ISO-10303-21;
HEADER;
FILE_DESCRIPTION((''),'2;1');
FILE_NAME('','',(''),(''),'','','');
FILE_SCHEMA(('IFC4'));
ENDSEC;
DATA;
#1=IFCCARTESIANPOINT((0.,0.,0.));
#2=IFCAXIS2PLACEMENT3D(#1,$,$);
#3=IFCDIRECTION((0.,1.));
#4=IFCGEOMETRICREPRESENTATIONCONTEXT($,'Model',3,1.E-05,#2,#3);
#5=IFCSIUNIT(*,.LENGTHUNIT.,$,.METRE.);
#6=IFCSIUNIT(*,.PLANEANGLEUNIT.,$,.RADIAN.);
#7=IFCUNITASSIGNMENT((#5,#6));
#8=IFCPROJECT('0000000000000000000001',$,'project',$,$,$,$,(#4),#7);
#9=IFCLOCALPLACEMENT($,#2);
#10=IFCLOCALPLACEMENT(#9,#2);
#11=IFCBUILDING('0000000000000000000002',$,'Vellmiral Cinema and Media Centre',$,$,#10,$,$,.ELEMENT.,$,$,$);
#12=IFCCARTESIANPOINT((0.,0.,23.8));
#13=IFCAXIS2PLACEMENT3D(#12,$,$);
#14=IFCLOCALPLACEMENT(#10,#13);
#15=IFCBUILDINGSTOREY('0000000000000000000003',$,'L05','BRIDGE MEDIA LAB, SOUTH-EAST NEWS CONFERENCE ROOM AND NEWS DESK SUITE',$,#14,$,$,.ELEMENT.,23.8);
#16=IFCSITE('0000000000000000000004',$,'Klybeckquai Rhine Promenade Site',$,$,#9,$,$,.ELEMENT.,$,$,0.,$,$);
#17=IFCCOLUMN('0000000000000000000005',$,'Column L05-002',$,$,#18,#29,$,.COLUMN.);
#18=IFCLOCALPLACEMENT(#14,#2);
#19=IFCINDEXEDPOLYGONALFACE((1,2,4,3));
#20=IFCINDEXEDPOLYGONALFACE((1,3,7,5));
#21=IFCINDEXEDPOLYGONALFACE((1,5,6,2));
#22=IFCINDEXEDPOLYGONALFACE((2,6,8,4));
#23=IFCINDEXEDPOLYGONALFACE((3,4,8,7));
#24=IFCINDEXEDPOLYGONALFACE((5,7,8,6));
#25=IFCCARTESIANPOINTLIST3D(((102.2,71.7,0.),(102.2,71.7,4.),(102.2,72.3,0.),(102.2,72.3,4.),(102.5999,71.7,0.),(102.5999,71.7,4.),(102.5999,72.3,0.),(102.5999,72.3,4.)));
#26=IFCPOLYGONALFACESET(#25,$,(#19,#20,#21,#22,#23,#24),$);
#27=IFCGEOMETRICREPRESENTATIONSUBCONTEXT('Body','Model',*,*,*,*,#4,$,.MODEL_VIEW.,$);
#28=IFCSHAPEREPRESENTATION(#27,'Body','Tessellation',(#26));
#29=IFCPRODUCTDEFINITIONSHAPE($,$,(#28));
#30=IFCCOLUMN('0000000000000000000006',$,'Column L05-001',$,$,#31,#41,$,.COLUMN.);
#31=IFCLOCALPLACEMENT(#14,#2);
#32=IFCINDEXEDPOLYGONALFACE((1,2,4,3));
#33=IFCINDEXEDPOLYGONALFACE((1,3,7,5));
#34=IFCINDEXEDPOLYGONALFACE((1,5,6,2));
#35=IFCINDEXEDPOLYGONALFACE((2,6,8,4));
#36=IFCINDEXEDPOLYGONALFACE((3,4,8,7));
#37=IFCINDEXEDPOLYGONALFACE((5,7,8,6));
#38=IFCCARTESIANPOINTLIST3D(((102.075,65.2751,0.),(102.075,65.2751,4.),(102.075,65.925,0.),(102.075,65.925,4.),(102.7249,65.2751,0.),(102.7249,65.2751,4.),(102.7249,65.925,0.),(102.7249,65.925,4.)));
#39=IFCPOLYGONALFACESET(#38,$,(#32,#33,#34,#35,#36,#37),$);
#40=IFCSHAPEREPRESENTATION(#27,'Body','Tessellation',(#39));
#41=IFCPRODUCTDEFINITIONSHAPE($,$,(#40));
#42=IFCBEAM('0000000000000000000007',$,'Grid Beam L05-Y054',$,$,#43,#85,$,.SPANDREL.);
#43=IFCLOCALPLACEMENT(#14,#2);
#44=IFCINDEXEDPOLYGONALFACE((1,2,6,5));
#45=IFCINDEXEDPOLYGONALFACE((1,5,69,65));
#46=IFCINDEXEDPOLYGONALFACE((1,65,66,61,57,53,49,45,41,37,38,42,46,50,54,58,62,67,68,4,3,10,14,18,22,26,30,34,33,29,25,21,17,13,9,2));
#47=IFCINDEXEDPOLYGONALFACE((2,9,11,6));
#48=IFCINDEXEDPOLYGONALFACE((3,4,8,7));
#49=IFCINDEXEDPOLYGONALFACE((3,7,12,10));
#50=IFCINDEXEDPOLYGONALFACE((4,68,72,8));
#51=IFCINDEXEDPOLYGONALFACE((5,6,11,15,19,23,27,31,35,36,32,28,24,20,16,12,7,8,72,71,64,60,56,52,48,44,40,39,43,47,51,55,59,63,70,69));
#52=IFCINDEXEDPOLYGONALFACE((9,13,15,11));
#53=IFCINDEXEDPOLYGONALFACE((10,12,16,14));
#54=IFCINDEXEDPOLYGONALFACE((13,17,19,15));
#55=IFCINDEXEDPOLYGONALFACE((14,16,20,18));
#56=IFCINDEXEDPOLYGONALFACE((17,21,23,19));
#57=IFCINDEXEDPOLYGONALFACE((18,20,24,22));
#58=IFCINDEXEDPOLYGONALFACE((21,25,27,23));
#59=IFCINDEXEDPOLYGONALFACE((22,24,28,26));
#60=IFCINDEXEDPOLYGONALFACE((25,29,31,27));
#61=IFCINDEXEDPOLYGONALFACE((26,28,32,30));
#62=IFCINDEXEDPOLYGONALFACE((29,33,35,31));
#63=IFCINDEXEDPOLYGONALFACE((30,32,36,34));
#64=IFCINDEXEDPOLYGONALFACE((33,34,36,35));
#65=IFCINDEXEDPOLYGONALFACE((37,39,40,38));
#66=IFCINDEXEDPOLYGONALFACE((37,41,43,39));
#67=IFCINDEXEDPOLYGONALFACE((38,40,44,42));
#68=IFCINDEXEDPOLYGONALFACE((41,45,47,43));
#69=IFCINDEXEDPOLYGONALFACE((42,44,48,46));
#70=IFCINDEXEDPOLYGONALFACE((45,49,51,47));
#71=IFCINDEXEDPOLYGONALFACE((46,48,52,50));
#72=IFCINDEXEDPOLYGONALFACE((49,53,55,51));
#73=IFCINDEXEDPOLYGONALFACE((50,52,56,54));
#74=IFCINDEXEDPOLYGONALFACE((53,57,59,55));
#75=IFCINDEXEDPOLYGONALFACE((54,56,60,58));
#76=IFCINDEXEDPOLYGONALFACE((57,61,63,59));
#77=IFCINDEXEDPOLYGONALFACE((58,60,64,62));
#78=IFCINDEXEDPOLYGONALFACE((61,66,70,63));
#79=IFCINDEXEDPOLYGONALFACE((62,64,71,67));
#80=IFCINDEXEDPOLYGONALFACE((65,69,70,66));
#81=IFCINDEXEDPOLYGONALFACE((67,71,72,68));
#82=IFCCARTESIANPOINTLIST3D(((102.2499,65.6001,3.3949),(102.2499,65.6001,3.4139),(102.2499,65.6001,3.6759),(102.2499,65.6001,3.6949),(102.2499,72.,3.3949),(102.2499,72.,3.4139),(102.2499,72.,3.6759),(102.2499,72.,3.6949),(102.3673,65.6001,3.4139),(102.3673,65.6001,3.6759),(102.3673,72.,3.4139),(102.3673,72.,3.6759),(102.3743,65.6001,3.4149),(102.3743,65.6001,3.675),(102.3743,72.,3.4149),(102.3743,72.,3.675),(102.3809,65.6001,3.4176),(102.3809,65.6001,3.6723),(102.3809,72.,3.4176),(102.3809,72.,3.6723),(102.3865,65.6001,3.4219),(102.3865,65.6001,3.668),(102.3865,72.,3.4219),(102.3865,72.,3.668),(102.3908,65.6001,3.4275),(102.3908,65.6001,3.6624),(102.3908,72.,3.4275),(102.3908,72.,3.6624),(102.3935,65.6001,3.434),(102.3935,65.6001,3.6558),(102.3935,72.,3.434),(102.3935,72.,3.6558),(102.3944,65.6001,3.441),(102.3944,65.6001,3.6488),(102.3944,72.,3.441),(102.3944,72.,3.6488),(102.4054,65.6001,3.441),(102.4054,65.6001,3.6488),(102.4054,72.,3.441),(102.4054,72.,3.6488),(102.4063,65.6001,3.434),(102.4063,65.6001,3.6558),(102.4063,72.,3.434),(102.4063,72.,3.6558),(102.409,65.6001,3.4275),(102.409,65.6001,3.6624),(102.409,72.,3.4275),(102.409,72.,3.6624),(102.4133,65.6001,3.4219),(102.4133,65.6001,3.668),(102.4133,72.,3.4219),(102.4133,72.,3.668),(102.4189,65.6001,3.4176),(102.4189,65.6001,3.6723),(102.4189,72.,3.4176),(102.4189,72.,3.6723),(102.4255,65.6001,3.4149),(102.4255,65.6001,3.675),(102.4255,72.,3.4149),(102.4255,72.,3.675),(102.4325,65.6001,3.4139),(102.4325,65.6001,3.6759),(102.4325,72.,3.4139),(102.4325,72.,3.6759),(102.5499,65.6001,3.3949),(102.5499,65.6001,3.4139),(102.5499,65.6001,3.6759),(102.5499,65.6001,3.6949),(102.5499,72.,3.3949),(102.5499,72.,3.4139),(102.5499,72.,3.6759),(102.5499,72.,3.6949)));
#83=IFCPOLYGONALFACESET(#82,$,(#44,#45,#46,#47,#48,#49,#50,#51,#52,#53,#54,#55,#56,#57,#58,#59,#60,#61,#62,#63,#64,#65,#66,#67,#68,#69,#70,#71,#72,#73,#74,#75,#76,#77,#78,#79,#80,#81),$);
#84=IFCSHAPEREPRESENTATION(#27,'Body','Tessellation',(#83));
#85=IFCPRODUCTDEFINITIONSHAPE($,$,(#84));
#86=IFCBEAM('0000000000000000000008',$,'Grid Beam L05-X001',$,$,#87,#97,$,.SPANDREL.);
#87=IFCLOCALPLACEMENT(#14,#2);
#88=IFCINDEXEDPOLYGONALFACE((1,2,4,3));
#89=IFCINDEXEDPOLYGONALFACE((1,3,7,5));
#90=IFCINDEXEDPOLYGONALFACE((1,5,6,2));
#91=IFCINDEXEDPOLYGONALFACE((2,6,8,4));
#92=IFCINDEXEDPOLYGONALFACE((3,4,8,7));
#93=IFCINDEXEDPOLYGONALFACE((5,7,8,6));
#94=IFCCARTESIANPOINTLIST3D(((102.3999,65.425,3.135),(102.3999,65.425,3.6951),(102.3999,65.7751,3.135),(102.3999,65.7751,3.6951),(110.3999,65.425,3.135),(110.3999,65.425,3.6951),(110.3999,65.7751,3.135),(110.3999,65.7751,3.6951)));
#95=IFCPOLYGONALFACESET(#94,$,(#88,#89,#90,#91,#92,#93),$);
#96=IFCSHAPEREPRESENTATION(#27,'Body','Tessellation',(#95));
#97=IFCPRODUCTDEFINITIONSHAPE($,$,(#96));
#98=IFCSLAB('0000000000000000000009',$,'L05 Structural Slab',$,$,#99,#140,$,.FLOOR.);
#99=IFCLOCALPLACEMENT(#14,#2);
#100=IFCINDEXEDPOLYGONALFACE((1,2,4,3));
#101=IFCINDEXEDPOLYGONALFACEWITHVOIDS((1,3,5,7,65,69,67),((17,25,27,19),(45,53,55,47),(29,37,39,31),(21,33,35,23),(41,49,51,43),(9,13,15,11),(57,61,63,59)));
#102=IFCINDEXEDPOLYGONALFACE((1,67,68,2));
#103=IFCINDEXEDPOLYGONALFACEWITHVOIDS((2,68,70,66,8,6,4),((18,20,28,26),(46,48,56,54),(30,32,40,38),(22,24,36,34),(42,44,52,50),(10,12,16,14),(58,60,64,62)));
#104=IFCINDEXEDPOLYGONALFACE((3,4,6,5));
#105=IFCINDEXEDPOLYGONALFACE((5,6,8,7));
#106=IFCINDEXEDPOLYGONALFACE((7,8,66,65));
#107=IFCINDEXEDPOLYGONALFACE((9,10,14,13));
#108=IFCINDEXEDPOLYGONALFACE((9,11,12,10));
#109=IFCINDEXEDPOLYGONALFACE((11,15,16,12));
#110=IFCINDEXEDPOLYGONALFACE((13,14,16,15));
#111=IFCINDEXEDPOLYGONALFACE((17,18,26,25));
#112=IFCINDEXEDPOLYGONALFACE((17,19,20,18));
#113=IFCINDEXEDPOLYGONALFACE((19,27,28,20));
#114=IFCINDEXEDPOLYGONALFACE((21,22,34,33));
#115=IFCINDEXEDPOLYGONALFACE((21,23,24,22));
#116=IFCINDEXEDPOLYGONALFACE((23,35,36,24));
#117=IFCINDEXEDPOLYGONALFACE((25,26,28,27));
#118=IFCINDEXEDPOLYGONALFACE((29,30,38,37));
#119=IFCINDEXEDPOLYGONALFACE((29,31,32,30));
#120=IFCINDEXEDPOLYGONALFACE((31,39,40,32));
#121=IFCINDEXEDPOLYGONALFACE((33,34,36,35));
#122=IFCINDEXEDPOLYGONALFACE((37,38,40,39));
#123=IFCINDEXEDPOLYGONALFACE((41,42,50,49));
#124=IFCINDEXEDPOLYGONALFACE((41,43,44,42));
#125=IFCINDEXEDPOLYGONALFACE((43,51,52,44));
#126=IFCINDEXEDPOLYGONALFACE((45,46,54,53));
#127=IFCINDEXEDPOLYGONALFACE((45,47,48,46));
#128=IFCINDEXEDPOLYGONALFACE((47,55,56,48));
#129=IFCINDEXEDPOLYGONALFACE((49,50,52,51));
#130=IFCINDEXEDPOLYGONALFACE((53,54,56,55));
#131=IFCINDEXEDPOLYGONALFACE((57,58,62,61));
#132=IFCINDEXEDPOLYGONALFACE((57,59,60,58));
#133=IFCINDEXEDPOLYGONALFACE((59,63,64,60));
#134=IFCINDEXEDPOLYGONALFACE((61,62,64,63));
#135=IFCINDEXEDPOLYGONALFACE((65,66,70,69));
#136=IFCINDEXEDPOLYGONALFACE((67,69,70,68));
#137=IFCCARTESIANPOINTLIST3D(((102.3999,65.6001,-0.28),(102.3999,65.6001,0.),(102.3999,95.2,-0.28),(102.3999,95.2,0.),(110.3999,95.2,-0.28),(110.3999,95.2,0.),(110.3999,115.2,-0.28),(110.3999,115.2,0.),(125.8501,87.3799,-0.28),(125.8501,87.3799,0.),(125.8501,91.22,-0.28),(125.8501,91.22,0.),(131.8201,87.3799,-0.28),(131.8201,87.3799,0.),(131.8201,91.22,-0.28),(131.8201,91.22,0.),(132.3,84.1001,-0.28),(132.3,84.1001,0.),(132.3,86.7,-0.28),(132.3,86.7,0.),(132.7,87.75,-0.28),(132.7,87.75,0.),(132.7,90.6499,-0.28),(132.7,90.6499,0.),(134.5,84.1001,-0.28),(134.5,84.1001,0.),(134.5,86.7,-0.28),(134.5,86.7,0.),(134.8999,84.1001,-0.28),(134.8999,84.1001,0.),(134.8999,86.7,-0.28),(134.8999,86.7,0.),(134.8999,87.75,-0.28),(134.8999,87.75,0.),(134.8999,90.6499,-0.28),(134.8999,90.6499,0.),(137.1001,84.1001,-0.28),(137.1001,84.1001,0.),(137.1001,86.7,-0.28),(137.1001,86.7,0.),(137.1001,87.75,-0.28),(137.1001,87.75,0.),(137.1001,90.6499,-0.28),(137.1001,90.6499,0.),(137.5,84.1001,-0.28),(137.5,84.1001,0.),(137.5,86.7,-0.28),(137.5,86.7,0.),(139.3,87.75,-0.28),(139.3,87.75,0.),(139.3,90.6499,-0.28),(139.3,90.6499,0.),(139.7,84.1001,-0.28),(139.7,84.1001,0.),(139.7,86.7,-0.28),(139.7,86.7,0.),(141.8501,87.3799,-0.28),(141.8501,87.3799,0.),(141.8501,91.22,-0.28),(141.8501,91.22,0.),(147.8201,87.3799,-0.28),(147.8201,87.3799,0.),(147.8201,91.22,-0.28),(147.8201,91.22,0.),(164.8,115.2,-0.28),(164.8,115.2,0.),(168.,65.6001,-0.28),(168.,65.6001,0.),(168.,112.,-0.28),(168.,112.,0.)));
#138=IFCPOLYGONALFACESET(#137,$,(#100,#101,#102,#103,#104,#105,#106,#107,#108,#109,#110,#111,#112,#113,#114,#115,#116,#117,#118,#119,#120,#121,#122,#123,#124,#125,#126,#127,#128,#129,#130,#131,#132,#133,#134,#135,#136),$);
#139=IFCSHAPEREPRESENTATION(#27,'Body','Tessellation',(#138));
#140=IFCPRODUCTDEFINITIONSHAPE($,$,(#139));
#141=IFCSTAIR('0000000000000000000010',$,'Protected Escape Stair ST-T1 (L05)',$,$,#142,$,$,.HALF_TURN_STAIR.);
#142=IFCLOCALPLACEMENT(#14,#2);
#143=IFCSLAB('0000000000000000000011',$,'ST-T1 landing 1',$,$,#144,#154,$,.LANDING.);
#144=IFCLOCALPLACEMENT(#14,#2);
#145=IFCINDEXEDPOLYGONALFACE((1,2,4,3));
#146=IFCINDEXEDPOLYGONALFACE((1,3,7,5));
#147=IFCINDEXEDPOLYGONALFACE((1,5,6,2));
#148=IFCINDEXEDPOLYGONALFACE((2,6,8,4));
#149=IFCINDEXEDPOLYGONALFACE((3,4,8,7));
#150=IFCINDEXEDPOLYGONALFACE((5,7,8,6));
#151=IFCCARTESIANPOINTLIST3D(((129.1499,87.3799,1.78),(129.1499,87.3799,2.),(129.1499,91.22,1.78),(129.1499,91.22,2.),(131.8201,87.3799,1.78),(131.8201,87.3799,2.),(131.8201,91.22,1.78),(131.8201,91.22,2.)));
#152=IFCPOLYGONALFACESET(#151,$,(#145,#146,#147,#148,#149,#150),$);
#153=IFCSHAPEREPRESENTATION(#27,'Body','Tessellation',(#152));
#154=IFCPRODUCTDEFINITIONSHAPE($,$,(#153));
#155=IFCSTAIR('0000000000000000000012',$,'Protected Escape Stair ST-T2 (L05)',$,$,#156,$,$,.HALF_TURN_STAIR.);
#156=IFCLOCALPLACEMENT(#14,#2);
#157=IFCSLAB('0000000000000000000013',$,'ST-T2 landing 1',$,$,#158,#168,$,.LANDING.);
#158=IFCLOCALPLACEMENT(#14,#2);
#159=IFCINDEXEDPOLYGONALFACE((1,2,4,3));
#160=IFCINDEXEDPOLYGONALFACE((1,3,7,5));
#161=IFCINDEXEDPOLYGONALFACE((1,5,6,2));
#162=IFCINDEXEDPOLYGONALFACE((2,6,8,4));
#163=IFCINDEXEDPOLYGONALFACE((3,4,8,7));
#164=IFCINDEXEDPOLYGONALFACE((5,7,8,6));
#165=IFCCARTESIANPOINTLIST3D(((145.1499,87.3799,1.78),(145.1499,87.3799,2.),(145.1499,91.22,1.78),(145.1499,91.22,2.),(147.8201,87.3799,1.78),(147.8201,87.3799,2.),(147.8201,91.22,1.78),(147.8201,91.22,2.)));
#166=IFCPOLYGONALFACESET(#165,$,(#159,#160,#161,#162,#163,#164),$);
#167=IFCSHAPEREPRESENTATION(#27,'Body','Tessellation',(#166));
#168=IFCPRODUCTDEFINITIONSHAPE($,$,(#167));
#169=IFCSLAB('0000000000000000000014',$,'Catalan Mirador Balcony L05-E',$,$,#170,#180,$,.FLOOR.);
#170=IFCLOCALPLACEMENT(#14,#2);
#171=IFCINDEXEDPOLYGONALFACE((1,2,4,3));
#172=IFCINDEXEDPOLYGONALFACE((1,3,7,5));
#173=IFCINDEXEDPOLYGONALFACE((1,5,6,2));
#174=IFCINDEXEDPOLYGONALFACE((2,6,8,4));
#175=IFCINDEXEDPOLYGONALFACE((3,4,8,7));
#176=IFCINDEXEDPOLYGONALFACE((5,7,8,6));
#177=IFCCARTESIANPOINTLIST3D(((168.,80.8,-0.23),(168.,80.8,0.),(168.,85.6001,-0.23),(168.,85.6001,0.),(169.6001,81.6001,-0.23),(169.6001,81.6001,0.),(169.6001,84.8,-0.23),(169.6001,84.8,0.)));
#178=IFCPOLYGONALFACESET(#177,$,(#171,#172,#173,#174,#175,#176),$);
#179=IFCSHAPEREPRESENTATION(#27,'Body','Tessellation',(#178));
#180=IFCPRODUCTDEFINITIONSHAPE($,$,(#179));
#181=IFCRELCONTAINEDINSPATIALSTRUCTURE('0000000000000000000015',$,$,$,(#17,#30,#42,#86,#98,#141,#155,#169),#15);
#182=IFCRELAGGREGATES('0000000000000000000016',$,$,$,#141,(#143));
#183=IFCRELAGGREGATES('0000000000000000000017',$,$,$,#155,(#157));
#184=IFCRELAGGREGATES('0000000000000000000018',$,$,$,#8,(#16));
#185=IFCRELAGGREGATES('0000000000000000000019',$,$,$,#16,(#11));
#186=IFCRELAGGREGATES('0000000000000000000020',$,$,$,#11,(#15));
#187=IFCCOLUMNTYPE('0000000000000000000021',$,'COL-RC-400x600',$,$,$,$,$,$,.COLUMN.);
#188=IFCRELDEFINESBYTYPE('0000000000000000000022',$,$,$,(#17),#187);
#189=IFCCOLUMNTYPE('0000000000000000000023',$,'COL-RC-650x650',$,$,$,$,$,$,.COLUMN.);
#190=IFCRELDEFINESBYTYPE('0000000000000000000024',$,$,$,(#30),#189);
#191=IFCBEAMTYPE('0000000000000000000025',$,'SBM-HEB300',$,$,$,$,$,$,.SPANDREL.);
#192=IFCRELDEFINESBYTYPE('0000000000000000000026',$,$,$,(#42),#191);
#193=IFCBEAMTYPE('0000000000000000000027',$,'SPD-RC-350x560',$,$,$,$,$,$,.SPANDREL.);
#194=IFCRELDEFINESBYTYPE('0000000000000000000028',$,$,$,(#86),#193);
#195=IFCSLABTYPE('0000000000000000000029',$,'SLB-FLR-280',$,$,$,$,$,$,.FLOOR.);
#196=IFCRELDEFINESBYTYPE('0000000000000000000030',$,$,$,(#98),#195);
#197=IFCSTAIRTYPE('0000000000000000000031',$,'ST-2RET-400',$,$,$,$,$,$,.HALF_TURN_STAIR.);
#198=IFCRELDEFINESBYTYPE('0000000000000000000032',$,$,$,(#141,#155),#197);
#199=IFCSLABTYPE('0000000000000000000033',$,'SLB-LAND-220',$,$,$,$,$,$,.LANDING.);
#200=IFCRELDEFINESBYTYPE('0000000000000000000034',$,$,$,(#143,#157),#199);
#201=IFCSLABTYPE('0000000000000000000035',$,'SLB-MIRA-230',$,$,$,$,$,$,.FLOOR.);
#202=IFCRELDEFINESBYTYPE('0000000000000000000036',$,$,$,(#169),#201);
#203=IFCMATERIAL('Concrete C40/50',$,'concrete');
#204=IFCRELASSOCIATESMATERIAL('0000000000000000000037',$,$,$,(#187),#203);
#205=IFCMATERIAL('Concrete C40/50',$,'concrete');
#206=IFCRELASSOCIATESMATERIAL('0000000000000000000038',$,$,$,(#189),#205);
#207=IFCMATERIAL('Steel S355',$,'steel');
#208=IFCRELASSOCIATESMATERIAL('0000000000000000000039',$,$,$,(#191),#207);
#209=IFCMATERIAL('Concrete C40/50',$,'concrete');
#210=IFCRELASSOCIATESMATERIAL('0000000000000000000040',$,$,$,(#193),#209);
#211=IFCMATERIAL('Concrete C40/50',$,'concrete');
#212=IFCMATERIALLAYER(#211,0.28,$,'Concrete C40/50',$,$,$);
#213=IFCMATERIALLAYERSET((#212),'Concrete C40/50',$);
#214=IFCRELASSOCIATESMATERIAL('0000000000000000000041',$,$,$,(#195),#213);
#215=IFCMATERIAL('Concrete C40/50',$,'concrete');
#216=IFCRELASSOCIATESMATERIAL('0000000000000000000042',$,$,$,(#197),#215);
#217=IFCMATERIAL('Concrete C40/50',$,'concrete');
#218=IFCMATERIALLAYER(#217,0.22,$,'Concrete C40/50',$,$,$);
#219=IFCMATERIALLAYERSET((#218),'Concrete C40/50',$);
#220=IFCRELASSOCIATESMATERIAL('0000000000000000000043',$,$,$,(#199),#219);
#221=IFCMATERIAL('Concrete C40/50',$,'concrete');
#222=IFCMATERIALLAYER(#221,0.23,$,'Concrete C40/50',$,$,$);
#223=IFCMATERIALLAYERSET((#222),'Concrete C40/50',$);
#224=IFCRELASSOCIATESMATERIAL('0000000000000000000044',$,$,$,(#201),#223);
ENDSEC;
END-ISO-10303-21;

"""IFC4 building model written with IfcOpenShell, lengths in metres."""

from ifc_helpers import new_model, si_unit, direction, frame, origin, origin_2d, place, context, subcontext, project, spatial, polyline, rectangle, i_section, outline, extrude, material, layer, layer_set, material_profile, profile_set, type_object, element, aggregate, save


model = new_model("IFC4")

# Units and contexts
model_context = context("Model", 3, precision=1e-05, world=origin(), true_north=direction((0.0, 1.0)))
body_context = subcontext(model_context, "Body", "Model", "MODEL_VIEW")
ifc_project = project(units=[si_unit("LENGTHUNIT", "METRE"), si_unit("PLANEANGLEUNIT", "RADIAN")], contexts=[model_context])

# Site, building, storey
site_placement = place(None, origin())
site = spatial("IfcSite", under=ifc_project, at=site_placement, Name="Klybeckquai Rhine Promenade Site", CompositionType="ELEMENT", RefElevation=0.0)
building_placement = place(site_placement, origin())
building = spatial("IfcBuilding", under=site, at=building_placement, Name="Vellmiral Cinema and Media Centre", CompositionType="ELEMENT")
storey_placement = place(building_placement, frame((0.0, 0.0, 23.8)))
storey = spatial("IfcBuildingStorey", under=building, at=storey_placement, Name="L05", Description="BRIDGE MEDIA LAB, SOUTH-EAST NEWS CONFERENCE ROOM AND NEWS DESK SUITE", CompositionType="ELEMENT", Elevation=23.8)

# Columns
ifc_material_1 = material(Name="Concrete C40/50", Category="concrete")
ifc_material_profile_1 = material_profile(ifc_material_1, rectangle(XDim=0.3999, YDim=0.6001, at=origin_2d()), Name="RC 400x600")
ifc_profile_set_1 = profile_set([ifc_material_profile_1], Name="Concrete C40/50")
column_type_1 = type_object("IfcColumnType", Name="COL-RC-400x600", PredefinedType="COLUMN", material=ifc_profile_set_1)
column_1_placement = place(storey_placement, frame((102.3999, 72.0, 0.0), z_axis=(0.0, 0.0, 1.0), x_axis=(1.0, 0.0, 0.0)))
element("IfcColumn", 1, at=column_1_placement, inside=storey, type_object=column_type_1, Name="Column L05-002", PredefinedType="COLUMN", context=body_context, shape_type="SweptSolid", body=[
    extrude(rectangle(XDim=0.3999, YDim=0.6001, at=origin_2d()), origin(), (0.0, 0.0, 1.0), 4.0),
])
ifc_material_2 = material(Name="Concrete C40/50", Category="concrete")
ifc_material_profile_2 = material_profile(ifc_material_2, rectangle(XDim=0.6499, YDim=0.6499, at=origin_2d()), Name="RC 650x650")
ifc_profile_set_2 = profile_set([ifc_material_profile_2], Name="Concrete C40/50")
column_type_2 = type_object("IfcColumnType", Name="COL-RC-650x650", PredefinedType="COLUMN", material=ifc_profile_set_2)
column_2_placement = place(storey_placement, frame((102.3999, 65.6001, 0.0), z_axis=(0.0, 0.0, 1.0), x_axis=(1.0, 0.0, 0.0)))
element("IfcColumn", 2, at=column_2_placement, inside=storey, type_object=column_type_2, Name="Column L05-001", PredefinedType="COLUMN", context=body_context, shape_type="SweptSolid", body=[
    extrude(rectangle(XDim=0.6499, YDim=0.6499, at=origin_2d()), origin(), (0.0, 0.0, 1.0), 4.0),
])

# Beams
ifc_material_3 = material(Name="Steel S355", Category="steel")
ifc_material_profile_3 = material_profile(ifc_material_3, i_section(OverallWidth=0.3, OverallDepth=0.3, WebThickness=0.011, FlangeThickness=0.019, FilletRadius=0.0271, at=origin_2d()), Name="HEB 300")
ifc_profile_set_3 = profile_set([ifc_material_profile_3], Name="Steel S355")
beam_type_1 = type_object("IfcBeamType", Name="SBM-HEB300", PredefinedType="SPANDREL", material=ifc_profile_set_3)
beam_1_placement = place(storey_placement, frame((102.3999, 65.6001, 3.5449), z_axis=(0.0, 1.0, 0.0), x_axis=(-1.0, 0.0, 0.0)))
element("IfcBeam", 3, at=beam_1_placement, inside=storey, type_object=beam_type_1, Name="Grid Beam L05-Y054", PredefinedType="SPANDREL", context=body_context, shape_type="SweptSolid", body=[
    extrude(i_section(OverallWidth=0.3, OverallDepth=0.3, WebThickness=0.011, FlangeThickness=0.019, FilletRadius=0.0271, at=origin_2d()), origin(), (0.0, 0.0, 1.0), 6.3999),
])
ifc_material_4 = material(Name="Concrete C40/50", Category="concrete")
ifc_material_profile_4 = material_profile(ifc_material_4, rectangle(XDim=0.3501, YDim=0.5601, at=origin_2d()), Name="RC 350x560")
ifc_profile_set_4 = profile_set([ifc_material_profile_4], Name="Concrete C40/50")
beam_type_2 = type_object("IfcBeamType", Name="SPD-RC-350x560", PredefinedType="SPANDREL", material=ifc_profile_set_4)
beam_2_placement = place(storey_placement, frame((102.3999, 65.6001, 3.415), z_axis=(1.0, 0.0, 0.0), x_axis=(0.0, 1.0, 0.0)))
element("IfcBeam", 4, at=beam_2_placement, inside=storey, type_object=beam_type_2, Name="Grid Beam L05-X001", PredefinedType="SPANDREL", context=body_context, shape_type="SweptSolid", body=[
    extrude(rectangle(XDim=0.3501, YDim=0.5601, at=origin_2d()), origin(), (0.0, 0.0, 1.0), 8.0),
])

# Slab
ifc_material_5 = material(Name="Concrete C40/50", Category="concrete")
ifc_layer_1 = layer(ifc_material_5, 0.28, Name="Concrete C40/50")
ifc_layer_set_1 = layer_set([ifc_layer_1], Name="Concrete C40/50")
slab_type_1 = type_object("IfcSlabType", Name="SLB-FLR-280", PredefinedType="FLOOR", material=ifc_layer_set_1)
slab_1_placement = place(storey_placement, frame((0.0, 0.0, -0.28)))
element("IfcSlab", 5, at=slab_1_placement, inside=storey, type_object=slab_type_1, Name="L05 Structural Slab", PredefinedType="FLOOR", context=body_context, shape_type="SweptSolid", body=[
    extrude(outline(polyline([(102.3999, 65.6001), (168.0, 65.6001), (168.0, 112.0), (164.8, 115.2), (110.3999, 115.2), (110.3999, 95.2), (102.3999, 95.2), (102.3999, 65.6001)]), holes=[polyline([(125.8501, 87.3799), (131.8201, 87.3799), (131.8201, 91.22), (125.8501, 91.22), (125.8501, 87.3799)]), polyline([(141.8501, 87.3799), (147.8201, 87.3799), (147.8201, 91.22), (141.8501, 91.22), (141.8501, 87.3799)]), polyline([(132.7, 87.75), (134.8999, 87.75), (134.8999, 90.6499), (132.7, 90.6499), (132.7, 87.75)]), polyline([(137.1001, 87.75), (139.3, 87.75), (139.3, 90.6499), (137.1001, 90.6499), (137.1001, 87.75)]), polyline([(132.3, 84.1001), (134.5, 84.1001), (134.5, 86.7), (132.3, 86.7), (132.3, 84.1001)]), polyline([(134.8999, 84.1001), (137.1001, 84.1001), (137.1001, 86.7), (134.8999, 86.7), (134.8999, 84.1001)]), polyline([(137.5, 84.1001), (139.7, 84.1001), (139.7, 86.7), (137.5, 86.7), (137.5, 84.1001)])]), origin(), (0.0, 0.0, 1.0), 0.28),
])

# Stairs, slabs
ifc_material_6 = material(Name="Concrete C40/50", Category="concrete")
stair_type = type_object("IfcStairType", Name="ST-2RET-400", PredefinedType="HALF_TURN_STAIR", material=ifc_material_6)
stair_1_placement = place(storey_placement, origin())
stair_1 = element("IfcStair", 6, at=stair_1_placement, inside=storey, type_object=stair_type, Name="Protected Escape Stair ST-T1 (L05)", PredefinedType="HALF_TURN_STAIR")
ifc_material_7 = material(Name="Concrete C40/50", Category="concrete")
ifc_layer_2 = layer(ifc_material_7, 0.22, Name="Concrete C40/50")
ifc_layer_set_2 = layer_set([ifc_layer_2], Name="Concrete C40/50")
slab_type_2 = type_object("IfcSlabType", Name="SLB-LAND-220", PredefinedType="LANDING", material=ifc_layer_set_2)
slab_2_placement = place(storey_placement, frame((0.0, 0.0, 1.78)))
slab_2 = element("IfcSlab", 7, at=slab_2_placement, type_object=slab_type_2, Name="ST-T1 landing 1", PredefinedType="LANDING", context=body_context, shape_type="SweptSolid", body=[
    extrude(outline(polyline([(129.1499, 87.3799), (131.8201, 87.3799), (131.8201, 91.22), (129.1499, 91.22), (129.1499, 87.3799)])), origin(), (0.0, 0.0, 1.0), 0.22),
])
aggregate(stair_1, [slab_2])
stair_2_placement = place(storey_placement, origin())
stair_2 = element("IfcStair", 8, at=stair_2_placement, inside=storey, type_object=stair_type, Name="Protected Escape Stair ST-T2 (L05)", PredefinedType="HALF_TURN_STAIR")
slab_3_placement = place(storey_placement, frame((0.0, 0.0, 1.78)))
slab_3 = element("IfcSlab", 9, at=slab_3_placement, type_object=slab_type_2, Name="ST-T2 landing 1", PredefinedType="LANDING", context=body_context, shape_type="SweptSolid", body=[
    extrude(outline(polyline([(145.1499, 87.3799), (147.8201, 87.3799), (147.8201, 91.22), (145.1499, 91.22), (145.1499, 87.3799)])), origin(), (0.0, 0.0, 1.0), 0.22),
])
aggregate(stair_2, [slab_3])

# Slab
ifc_material_8 = material(Name="Concrete C40/50", Category="concrete")
ifc_layer_3 = layer(ifc_material_8, 0.23, Name="Concrete C40/50")
ifc_layer_set_3 = layer_set([ifc_layer_3], Name="Concrete C40/50")
slab_type_3 = type_object("IfcSlabType", Name="SLB-MIRA-230", PredefinedType="FLOOR", material=ifc_layer_set_3)
slab_4_placement = place(storey_placement, frame((0.0, 0.0, -0.23)))
element("IfcSlab", 10, at=slab_4_placement, inside=storey, type_object=slab_type_3, Name="Catalan Mirador Balcony L05-E", PredefinedType="FLOOR", context=body_context, shape_type="SweptSolid", body=[
    extrude(outline(polyline([(168.0, 80.8), (169.6001, 81.6001), (169.6001, 84.8), (168.0, 85.6001), (168.0, 80.8)])), origin(), (0.0, 0.0, 1.0), 0.23),
])

save(model, "model.ifc")
